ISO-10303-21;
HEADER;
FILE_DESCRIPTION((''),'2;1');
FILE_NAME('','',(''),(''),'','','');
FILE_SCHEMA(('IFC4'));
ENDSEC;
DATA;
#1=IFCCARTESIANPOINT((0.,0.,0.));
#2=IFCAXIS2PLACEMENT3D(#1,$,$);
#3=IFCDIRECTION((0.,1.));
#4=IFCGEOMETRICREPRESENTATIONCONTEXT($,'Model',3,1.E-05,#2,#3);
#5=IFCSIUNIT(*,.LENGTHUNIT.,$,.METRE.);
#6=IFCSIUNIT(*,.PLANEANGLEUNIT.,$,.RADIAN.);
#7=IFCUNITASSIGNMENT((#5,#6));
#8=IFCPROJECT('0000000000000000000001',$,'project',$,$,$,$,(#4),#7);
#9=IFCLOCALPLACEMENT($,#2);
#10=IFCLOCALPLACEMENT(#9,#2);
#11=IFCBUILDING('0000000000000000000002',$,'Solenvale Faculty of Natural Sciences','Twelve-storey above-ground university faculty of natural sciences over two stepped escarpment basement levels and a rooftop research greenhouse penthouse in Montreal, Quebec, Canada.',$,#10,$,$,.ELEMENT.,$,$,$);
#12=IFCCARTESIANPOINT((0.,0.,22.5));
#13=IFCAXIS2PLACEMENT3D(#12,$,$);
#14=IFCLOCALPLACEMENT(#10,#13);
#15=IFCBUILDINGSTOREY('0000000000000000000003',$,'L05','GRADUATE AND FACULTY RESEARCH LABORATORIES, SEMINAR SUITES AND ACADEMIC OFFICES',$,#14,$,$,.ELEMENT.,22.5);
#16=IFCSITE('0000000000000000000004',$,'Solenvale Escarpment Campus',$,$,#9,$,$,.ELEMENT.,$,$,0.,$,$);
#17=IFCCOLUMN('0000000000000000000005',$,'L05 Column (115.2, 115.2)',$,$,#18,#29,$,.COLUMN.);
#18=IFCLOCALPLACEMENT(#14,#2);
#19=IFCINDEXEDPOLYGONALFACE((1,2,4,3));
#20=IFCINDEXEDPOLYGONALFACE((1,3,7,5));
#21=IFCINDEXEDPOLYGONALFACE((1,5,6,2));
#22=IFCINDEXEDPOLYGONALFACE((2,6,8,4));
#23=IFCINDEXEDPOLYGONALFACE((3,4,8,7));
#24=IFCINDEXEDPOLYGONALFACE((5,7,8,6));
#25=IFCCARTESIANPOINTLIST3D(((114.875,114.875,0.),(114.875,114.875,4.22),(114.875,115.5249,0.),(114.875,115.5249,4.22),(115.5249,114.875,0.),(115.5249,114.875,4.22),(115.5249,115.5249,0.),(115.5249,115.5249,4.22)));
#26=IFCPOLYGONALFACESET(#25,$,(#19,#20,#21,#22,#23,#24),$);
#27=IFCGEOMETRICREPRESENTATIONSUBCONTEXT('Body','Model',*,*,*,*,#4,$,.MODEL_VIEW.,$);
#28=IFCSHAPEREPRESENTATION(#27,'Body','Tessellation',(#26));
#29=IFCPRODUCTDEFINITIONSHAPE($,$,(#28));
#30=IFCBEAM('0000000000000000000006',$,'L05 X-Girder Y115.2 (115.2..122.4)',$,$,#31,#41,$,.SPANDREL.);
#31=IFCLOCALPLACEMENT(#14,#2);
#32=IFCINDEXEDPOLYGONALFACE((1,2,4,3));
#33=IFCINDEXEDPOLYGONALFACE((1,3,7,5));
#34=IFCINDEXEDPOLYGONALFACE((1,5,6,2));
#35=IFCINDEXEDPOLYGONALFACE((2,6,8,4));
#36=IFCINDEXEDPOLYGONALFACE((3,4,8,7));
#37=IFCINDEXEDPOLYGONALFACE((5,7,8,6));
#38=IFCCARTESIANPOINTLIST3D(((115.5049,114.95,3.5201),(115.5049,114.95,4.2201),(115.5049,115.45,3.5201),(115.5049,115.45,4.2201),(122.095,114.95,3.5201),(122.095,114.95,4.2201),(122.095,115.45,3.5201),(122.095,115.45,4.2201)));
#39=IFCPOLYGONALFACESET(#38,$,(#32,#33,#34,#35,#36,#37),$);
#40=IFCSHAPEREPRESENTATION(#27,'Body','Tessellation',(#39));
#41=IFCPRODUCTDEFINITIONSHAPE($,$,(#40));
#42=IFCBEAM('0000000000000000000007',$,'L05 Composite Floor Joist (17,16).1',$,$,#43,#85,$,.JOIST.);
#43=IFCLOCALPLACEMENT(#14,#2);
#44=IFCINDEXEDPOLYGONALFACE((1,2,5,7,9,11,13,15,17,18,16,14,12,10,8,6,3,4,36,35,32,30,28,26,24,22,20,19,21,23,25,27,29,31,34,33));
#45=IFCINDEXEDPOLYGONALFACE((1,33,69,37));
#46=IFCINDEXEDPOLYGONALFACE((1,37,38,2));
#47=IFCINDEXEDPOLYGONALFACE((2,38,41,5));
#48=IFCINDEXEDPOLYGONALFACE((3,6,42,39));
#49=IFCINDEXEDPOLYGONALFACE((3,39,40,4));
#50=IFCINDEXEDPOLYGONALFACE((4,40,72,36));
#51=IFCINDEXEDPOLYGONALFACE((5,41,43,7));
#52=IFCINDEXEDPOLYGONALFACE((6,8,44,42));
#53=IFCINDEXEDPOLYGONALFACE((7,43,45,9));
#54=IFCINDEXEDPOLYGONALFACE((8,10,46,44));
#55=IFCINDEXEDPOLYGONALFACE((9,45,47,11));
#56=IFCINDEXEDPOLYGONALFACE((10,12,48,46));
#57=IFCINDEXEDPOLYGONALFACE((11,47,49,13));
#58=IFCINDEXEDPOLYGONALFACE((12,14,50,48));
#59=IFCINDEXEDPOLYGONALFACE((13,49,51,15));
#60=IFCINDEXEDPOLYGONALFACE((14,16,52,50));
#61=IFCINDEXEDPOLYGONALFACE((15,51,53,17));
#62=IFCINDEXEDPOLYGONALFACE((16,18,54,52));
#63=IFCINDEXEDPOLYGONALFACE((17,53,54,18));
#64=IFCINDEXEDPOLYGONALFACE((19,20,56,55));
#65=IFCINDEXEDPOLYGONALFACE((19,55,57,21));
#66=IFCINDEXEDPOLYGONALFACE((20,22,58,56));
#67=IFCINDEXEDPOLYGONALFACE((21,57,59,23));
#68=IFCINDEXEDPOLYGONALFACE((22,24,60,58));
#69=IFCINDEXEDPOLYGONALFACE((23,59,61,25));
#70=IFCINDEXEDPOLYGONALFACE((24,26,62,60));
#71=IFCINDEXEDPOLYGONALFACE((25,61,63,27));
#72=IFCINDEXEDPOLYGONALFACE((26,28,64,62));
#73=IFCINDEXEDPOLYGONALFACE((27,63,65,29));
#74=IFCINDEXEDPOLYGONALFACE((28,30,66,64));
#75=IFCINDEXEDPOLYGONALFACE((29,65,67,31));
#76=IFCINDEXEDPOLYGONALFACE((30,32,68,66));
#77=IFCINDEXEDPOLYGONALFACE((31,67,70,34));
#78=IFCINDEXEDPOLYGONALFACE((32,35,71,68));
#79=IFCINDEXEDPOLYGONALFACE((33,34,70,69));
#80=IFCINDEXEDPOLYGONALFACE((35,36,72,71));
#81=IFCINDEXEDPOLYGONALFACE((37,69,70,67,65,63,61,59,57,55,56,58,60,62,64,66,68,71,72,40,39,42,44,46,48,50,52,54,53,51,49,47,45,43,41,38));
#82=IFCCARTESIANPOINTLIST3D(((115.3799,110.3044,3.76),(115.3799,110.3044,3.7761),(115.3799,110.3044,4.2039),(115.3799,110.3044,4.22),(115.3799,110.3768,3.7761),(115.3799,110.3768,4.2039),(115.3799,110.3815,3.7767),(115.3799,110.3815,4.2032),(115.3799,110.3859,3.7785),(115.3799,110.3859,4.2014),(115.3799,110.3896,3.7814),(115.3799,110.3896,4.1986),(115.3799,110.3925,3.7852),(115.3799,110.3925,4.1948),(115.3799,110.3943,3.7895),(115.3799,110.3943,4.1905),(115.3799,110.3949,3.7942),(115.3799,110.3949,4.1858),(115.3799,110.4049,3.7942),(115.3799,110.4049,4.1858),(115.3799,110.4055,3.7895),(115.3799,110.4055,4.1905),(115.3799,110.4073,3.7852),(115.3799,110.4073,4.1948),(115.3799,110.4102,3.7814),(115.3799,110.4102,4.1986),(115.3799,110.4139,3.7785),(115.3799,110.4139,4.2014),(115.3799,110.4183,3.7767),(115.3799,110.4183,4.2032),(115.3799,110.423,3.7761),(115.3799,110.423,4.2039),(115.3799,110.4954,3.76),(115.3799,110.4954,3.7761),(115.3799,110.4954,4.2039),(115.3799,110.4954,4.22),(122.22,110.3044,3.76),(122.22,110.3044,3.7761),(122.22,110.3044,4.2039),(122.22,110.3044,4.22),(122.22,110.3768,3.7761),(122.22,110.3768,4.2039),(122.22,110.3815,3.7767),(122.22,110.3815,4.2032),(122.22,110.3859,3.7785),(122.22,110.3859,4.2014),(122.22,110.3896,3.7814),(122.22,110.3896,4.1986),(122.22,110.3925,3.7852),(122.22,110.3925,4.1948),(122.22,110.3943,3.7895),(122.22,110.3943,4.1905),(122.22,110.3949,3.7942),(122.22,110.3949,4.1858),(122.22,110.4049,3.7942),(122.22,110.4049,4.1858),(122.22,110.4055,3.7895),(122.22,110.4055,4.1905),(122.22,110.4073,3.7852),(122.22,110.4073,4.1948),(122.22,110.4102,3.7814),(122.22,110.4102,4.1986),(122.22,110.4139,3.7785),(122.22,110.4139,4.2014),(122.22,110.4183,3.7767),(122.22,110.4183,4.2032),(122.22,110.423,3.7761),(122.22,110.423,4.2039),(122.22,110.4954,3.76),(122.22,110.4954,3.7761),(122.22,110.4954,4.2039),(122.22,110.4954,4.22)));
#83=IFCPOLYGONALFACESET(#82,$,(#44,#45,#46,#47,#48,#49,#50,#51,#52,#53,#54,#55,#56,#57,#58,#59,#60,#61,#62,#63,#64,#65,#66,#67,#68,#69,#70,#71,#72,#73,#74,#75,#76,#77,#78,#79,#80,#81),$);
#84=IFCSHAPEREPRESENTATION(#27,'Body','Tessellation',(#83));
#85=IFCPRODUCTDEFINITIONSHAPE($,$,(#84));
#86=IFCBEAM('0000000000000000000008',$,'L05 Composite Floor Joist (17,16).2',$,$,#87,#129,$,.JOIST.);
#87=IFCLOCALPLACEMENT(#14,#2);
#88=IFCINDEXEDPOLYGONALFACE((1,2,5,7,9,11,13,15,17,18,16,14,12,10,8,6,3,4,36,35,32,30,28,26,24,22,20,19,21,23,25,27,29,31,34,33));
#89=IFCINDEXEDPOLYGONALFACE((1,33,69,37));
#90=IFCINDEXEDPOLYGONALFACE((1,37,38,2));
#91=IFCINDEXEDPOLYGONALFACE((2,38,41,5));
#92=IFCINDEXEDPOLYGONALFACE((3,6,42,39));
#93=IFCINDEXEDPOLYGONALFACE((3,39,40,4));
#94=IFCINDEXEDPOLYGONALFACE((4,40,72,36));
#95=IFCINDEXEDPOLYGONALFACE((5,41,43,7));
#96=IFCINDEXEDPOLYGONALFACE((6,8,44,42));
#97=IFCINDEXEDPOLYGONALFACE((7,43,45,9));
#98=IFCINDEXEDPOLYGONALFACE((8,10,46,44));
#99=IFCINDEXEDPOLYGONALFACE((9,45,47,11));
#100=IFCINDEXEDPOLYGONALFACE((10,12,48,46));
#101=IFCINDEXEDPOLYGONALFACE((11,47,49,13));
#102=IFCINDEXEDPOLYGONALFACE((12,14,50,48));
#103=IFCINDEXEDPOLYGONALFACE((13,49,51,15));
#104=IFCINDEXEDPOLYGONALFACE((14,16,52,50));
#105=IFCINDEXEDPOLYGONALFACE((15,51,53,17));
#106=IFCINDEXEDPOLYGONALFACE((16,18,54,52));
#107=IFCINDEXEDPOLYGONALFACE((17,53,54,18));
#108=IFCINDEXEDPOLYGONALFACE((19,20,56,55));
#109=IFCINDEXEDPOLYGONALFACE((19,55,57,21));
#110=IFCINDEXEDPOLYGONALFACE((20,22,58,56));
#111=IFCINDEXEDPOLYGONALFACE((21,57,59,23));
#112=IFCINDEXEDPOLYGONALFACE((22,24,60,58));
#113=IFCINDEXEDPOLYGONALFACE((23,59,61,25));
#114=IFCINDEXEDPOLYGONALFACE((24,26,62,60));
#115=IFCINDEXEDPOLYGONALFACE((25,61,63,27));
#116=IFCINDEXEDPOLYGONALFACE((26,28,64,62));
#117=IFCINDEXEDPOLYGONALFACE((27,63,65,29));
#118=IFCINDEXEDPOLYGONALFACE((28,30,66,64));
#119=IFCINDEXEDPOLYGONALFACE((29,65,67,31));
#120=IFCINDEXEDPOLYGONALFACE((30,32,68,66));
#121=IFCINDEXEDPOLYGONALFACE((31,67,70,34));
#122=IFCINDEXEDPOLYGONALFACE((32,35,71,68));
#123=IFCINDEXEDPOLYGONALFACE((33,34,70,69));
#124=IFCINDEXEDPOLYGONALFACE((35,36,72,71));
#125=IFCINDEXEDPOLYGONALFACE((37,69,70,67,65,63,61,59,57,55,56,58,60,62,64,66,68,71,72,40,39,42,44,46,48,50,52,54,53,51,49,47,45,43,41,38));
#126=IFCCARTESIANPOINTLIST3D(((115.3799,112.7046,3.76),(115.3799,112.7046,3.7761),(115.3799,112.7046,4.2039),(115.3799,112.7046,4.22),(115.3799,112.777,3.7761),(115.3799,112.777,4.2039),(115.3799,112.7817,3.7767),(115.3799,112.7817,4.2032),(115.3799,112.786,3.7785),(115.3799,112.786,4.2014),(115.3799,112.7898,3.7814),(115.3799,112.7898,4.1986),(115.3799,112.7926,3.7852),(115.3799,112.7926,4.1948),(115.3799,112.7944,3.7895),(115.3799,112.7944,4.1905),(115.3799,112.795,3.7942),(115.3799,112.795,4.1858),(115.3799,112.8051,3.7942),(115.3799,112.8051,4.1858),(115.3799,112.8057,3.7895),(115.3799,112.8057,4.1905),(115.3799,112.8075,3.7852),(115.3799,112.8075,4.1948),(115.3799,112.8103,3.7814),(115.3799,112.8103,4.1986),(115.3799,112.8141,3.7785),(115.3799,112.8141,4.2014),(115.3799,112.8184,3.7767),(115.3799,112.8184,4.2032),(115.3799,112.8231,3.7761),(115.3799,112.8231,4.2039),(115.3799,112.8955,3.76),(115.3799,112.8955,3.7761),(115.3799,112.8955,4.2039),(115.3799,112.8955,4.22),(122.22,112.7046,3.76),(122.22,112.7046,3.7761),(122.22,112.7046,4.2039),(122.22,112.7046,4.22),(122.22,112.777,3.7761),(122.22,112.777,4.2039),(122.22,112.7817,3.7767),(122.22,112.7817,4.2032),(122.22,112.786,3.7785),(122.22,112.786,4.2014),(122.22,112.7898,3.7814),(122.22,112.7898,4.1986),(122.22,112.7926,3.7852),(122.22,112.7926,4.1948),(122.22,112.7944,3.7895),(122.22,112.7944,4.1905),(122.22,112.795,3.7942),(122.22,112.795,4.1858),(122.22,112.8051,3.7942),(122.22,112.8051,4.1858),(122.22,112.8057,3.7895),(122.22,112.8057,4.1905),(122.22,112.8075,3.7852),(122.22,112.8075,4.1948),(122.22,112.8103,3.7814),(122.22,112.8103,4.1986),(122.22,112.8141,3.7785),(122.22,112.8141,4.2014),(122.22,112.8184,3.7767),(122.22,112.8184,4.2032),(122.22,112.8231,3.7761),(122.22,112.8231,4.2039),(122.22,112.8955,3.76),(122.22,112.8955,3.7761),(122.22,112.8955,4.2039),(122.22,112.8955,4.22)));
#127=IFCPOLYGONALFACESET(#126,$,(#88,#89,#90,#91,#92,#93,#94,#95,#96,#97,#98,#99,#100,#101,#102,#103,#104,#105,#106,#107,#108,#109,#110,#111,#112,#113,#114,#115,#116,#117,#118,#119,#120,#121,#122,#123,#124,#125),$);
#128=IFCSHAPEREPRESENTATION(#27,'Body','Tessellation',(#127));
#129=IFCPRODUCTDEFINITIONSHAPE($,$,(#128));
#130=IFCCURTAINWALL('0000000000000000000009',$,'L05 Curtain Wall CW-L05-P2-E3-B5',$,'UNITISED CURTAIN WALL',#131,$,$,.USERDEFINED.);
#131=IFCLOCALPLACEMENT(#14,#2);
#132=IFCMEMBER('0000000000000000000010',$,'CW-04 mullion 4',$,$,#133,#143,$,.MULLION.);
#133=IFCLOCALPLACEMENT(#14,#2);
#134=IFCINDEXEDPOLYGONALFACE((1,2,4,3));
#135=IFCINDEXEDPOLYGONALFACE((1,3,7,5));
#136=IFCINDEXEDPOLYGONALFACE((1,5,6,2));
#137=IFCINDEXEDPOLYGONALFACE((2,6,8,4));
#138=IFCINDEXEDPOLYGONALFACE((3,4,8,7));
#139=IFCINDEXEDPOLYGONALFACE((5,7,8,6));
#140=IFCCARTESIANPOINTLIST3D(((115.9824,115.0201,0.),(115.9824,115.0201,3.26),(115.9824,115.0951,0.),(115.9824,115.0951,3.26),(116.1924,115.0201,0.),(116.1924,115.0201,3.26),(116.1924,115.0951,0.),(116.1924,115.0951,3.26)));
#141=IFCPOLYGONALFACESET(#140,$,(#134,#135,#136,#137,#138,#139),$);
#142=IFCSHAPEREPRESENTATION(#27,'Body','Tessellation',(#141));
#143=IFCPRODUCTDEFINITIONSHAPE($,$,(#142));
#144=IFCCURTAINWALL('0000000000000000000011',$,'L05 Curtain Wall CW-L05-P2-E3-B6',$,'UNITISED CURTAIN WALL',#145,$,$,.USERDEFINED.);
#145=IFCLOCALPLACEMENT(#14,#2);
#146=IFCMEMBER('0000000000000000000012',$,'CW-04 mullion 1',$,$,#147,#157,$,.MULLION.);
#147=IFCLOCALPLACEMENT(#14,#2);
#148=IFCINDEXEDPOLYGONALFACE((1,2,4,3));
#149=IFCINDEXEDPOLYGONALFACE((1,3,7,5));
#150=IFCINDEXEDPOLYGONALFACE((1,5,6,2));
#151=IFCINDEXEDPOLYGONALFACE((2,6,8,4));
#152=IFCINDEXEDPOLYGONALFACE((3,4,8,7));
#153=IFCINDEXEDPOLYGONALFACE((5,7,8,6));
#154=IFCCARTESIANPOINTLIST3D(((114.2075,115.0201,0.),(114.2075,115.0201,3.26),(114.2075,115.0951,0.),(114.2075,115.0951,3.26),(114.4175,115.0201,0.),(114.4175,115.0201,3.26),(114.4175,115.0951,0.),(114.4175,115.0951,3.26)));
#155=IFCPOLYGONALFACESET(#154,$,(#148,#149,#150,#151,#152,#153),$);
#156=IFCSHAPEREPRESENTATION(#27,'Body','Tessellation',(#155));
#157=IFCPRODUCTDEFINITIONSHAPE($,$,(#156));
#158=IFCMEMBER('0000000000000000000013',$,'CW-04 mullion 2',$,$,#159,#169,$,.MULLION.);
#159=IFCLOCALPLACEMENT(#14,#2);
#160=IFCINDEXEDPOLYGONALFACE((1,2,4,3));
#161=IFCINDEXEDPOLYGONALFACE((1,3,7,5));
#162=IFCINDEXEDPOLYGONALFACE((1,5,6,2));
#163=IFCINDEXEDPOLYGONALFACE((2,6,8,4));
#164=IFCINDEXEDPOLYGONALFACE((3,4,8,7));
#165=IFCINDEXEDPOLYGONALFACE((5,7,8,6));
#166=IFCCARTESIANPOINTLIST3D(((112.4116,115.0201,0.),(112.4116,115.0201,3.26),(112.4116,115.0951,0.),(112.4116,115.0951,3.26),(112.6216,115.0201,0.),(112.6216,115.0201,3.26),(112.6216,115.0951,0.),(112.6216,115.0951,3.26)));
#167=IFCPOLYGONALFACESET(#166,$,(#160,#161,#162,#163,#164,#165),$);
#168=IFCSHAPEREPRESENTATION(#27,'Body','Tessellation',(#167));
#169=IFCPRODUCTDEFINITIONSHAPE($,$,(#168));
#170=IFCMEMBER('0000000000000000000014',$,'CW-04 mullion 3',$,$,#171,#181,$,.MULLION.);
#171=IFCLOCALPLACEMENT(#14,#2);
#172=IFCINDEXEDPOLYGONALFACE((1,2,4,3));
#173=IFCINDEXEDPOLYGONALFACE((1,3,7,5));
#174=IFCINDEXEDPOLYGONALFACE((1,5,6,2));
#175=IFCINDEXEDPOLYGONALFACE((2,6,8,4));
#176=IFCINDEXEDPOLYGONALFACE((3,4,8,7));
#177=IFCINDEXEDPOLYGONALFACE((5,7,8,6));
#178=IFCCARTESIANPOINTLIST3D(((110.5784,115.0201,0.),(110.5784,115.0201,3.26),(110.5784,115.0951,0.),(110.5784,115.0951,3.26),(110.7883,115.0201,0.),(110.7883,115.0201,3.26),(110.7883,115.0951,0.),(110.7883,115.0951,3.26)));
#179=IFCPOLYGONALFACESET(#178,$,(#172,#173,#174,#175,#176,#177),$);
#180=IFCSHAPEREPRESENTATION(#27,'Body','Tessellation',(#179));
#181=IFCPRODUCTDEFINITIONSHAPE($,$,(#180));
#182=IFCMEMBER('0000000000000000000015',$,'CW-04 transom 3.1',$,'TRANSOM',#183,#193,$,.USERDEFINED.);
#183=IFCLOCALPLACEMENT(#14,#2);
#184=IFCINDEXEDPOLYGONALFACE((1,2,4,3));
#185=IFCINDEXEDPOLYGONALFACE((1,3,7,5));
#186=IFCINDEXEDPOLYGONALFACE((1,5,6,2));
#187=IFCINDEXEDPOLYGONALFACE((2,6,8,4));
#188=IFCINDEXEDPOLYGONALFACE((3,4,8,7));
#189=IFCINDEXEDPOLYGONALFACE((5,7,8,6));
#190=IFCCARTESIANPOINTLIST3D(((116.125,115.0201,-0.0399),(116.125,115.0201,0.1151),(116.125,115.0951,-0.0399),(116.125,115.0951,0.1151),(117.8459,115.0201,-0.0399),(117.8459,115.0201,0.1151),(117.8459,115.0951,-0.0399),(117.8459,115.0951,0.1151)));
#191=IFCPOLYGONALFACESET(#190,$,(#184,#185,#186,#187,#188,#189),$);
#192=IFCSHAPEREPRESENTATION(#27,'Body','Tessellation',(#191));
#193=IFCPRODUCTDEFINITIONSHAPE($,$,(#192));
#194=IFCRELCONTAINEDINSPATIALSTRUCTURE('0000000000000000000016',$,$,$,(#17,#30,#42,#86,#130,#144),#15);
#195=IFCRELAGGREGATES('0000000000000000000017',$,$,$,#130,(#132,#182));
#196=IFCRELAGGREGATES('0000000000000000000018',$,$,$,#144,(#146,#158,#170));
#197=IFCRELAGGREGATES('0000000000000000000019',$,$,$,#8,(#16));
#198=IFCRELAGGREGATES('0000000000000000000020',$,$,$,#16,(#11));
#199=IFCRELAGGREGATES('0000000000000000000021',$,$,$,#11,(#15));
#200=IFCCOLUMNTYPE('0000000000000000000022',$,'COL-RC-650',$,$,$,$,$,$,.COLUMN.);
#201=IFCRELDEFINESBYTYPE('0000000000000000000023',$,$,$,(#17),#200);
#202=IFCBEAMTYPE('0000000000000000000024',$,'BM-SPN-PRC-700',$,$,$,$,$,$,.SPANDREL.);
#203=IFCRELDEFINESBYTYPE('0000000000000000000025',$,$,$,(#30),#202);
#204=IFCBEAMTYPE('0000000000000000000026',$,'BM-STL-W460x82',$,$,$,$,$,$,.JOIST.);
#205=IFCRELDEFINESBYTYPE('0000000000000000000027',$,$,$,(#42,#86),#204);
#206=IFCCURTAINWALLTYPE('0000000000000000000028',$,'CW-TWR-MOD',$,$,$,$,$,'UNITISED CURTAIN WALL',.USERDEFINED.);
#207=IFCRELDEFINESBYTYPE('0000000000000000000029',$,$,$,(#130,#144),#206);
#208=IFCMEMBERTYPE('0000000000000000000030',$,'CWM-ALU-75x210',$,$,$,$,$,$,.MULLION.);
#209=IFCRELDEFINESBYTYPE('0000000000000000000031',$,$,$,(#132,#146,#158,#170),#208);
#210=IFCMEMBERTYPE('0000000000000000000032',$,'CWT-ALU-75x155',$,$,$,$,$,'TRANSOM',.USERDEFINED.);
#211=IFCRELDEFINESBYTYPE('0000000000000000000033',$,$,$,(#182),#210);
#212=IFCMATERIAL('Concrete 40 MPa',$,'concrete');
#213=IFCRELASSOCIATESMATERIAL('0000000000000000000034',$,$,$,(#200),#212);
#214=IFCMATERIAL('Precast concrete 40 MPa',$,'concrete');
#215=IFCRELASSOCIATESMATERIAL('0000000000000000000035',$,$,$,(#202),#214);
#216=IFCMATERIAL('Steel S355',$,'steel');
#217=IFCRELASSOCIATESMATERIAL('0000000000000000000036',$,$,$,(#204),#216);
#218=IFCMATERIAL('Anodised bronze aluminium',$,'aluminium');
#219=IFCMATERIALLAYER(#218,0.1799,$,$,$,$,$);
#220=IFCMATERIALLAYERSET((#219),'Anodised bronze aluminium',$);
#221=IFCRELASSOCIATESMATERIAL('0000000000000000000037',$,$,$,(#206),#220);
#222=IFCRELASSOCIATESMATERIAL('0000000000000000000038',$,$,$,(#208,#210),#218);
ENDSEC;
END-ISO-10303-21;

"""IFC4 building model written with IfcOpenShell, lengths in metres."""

from ifc_helpers import new_model, si_unit, direction, frame, origin, origin_2d, place, context, subcontext, project, spatial, rectangle, i_section, extrude, material, layer, layer_set, material_profile, profile_set, type_object, element, aggregate, save


model = new_model("IFC4")

# Units and contexts
model_context = context("Model", 3, precision=1e-05, world=origin(), true_north=direction((0.0, 1.0)))
body_context = subcontext(model_context, "Body", "Model", "MODEL_VIEW")
ifc_project = project(units=[si_unit("LENGTHUNIT", "METRE"), si_unit("PLANEANGLEUNIT", "RADIAN")], contexts=[model_context])

# Site, building, storey
site_placement = place(None, origin())
site = spatial("IfcSite", under=ifc_project, at=site_placement, Name="Solenvale Escarpment Campus", CompositionType="ELEMENT", RefElevation=0.0)
building_placement = place(site_placement, origin())
building = spatial("IfcBuilding", under=site, at=building_placement, Name="Solenvale Faculty of Natural Sciences", Description="Twelve-storey above-ground university faculty of natural sciences over two stepped escarpment basement levels and a rooftop research greenhouse penthouse in Montreal, Quebec, Canada.", CompositionType="ELEMENT")
storey_placement = place(building_placement, frame((0.0, 0.0, 22.5)))
storey = spatial("IfcBuildingStorey", under=building, at=storey_placement, Name="L05", Description="GRADUATE AND FACULTY RESEARCH LABORATORIES, SEMINAR SUITES AND ACADEMIC OFFICES", CompositionType="ELEMENT", Elevation=22.5)

# Column
ifc_material_1 = material(Name="Concrete 40 MPa", Category="concrete")
ifc_material_profile_1 = material_profile(ifc_material_1, rectangle(XDim=0.6499, YDim=0.6499, at=origin_2d()), Name="RC-COL-650x650")
ifc_profile_set_1 = profile_set([ifc_material_profile_1], Name="Concrete 40 MPa")
column_type = type_object("IfcColumnType", Name="COL-RC-650", PredefinedType="COLUMN", material=ifc_profile_set_1)
column_placement = place(storey_placement, frame((115.2, 115.2, 0.0), z_axis=(0.0, 0.0, 1.0), x_axis=(1.0, 0.0, 0.0)))
element("IfcColumn", 1, at=column_placement, inside=storey, type_object=column_type, Name="L05 Column (115.2, 115.2)", PredefinedType="COLUMN", context=body_context, shape_type="SweptSolid", body=[
    extrude(rectangle(XDim=0.6499, YDim=0.6499, at=origin_2d()), origin(), (0.0, 0.0, 1.0), 4.22),
])

# Beams
ifc_material_2 = material(Name="Precast concrete 40 MPa", Category="concrete")
ifc_material_profile_2 = material_profile(ifc_material_2, rectangle(XDim=0.5, YDim=0.7, at=origin_2d()), Name="RC-BM-500x700")
ifc_profile_set_2 = profile_set([ifc_material_profile_2], Name="Precast concrete 40 MPa")
beam_type_1 = type_object("IfcBeamType", Name="BM-SPN-PRC-700", PredefinedType="SPANDREL", material=ifc_profile_set_2)
beam_placement = place(storey_placement, frame((115.5049, 115.2, 3.8701), z_axis=(1.0, 0.0, 0.0), x_axis=(0.0, 1.0, 0.0)))
element("IfcBeam", 2, at=beam_placement, inside=storey, type_object=beam_type_1, Name="L05 X-Girder Y115.2 (115.2..122.4)", PredefinedType="SPANDREL", context=body_context, shape_type="SweptSolid", body=[
    extrude(rectangle(XDim=0.5, YDim=0.7, at=origin_2d()), origin(), (0.0, 0.0, 1.0), 6.5901),
])
ifc_material_3 = material(Name="Steel S355", Category="steel")
ifc_material_profile_3 = material_profile(ifc_material_3, i_section(OverallWidth=0.1909, OverallDepth=0.46, WebThickness=0.01, FlangeThickness=0.0161, FilletRadius=0.0181, at=origin_2d()), Name="W460x82")
ifc_profile_set_3 = profile_set([ifc_material_profile_3], Name="Steel S355")
beam_type_2 = type_object("IfcBeamType", Name="BM-STL-W460x82", PredefinedType="JOIST", material=ifc_profile_set_3)
for number, where, z_axis, x_axis, name in (
    (3, (115.3799, 110.3999, 3.99), (1.0, 0.0, 0.0), (0.0, 1.0, 0.0), "L05 Composite Floor Joist (17,16).1"),
    (4, (115.3799, 112.8, 3.99), (1.0, 0.0, 0.0), (0.0, 1.0, 0.0), "L05 Composite Floor Joist (17,16).2"),
):
    element("IfcBeam", number, at=place(storey_placement, frame(where, z_axis=z_axis, x_axis=x_axis)), inside=storey, type_object=beam_type_2, Name=name, PredefinedType="JOIST", context=body_context, shape_type="SweptSolid", body=[
        extrude(i_section(OverallWidth=0.1909, OverallDepth=0.46, WebThickness=0.01, FlangeThickness=0.0161, FilletRadius=0.0181, at=origin_2d()), origin(), (0.0, 0.0, 1.0), 6.8401),
    ])

# Curtain wall, member
ifc_material_4 = material(Name="Anodised bronze aluminium", Category="aluminium")
ifc_layer_1 = layer(ifc_material_4, 0.1799)
ifc_layer_set_1 = layer_set([ifc_layer_1], Name="Anodised bronze aluminium")
curtain_wall_type = type_object("IfcCurtainWallType", Name="CW-TWR-MOD", ElementType="UNITISED CURTAIN WALL", PredefinedType="USERDEFINED", material=ifc_layer_set_1)
curtain_wall_1_placement = place(storey_placement, origin())
curtain_wall_1 = element("IfcCurtainWall", 5, at=curtain_wall_1_placement, inside=storey, type_object=curtain_wall_type, Name="L05 Curtain Wall CW-L05-P2-E3-B5", ObjectType="UNITISED CURTAIN WALL", PredefinedType="USERDEFINED")
ifc_material_profile_4 = material_profile(ifc_material_4, rectangle(XDim=0.075, YDim=0.21, at=origin_2d()), Name="ALU-MUL-75x210")
ifc_profile_set_4 = profile_set([ifc_material_profile_4], Name="Anodised bronze aluminium")
member_type_1 = type_object("IfcMemberType", Name="CWM-ALU-75x210", PredefinedType="MULLION", material=ifc_profile_set_4)
member_1_placement = place(storey_placement, frame((116.0874, 115.0576, 0.0), z_axis=(0.0, 0.0, 1.0), x_axis=(0.0, -1.0, 0.0)))
member_1 = element("IfcMember", 6, at=member_1_placement, type_object=member_type_1, Name="CW-04 mullion 4", PredefinedType="MULLION", context=body_context, shape_type="SweptSolid", body=[
    extrude(rectangle(XDim=0.075, YDim=0.21, at=origin_2d()), origin(), (0.0, 0.0, 1.0), 3.26),
])

# Curtain wall, members
curtain_wall_2_placement = place(storey_placement, origin())
curtain_wall_2 = element("IfcCurtainWall", 7, at=curtain_wall_2_placement, inside=storey, type_object=curtain_wall_type, Name="L05 Curtain Wall CW-L05-P2-E3-B6", ObjectType="UNITISED CURTAIN WALL", PredefinedType="USERDEFINED")
member_2_placement = place(storey_placement, frame((114.3125, 115.0576, 0.0), z_axis=(0.0, 0.0, 1.0), x_axis=(0.0, -1.0, 0.0)))
member_2 = element("IfcMember", 8, at=member_2_placement, type_object=member_type_1, Name="CW-04 mullion 1", PredefinedType="MULLION", context=body_context, shape_type="SweptSolid", body=[
    extrude(rectangle(XDim=0.075, YDim=0.21, at=origin_2d()), origin(), (0.0, 0.0, 1.0), 3.26),
])
member_3_placement = place(storey_placement, frame((112.5166, 115.0576, 0.0), z_axis=(0.0, 0.0, 1.0), x_axis=(0.0, -1.0, 0.0)))
member_3 = element("IfcMember", 9, at=member_3_placement, type_object=member_type_1, Name="CW-04 mullion 2", PredefinedType="MULLION", context=body_context, shape_type="SweptSolid", body=[
    extrude(rectangle(XDim=0.075, YDim=0.21, at=origin_2d()), origin(), (0.0, 0.0, 1.0), 3.26),
])
member_4_placement = place(storey_placement, frame((110.6833, 115.0576, 0.0), z_axis=(0.0, 0.0, 1.0), x_axis=(0.0, -1.0, 0.0)))
member_4 = element("IfcMember", 10, at=member_4_placement, type_object=member_type_1, Name="CW-04 mullion 3", PredefinedType="MULLION", context=body_context, shape_type="SweptSolid", body=[
    extrude(rectangle(XDim=0.075, YDim=0.21, at=origin_2d()), origin(), (0.0, 0.0, 1.0), 3.26),
])

# Member
ifc_material_profile_5 = material_profile(ifc_material_4, rectangle(XDim=0.075, YDim=0.155, at=origin_2d()), Name="ALU-TRN-75x155")
ifc_profile_set_5 = profile_set([ifc_material_profile_5], Name="Anodised bronze aluminium")
member_type_2 = type_object("IfcMemberType", Name="CWT-ALU-75x155", ElementType="TRANSOM", PredefinedType="USERDEFINED", material=ifc_profile_set_5)
member_5_placement = place(storey_placement, frame((117.8459, 115.0576, 0.0376), z_axis=(-1.0, 0.0, 0.0), x_axis=(0.0, -1.0, 0.0)))
member_5 = element("IfcMember", 11, at=member_5_placement, type_object=member_type_2, Name="CW-04 transom 3.1", ObjectType="TRANSOM", PredefinedType="USERDEFINED", context=body_context, shape_type="SweptSolid", body=[
    extrude(rectangle(XDim=0.075, YDim=0.155, at=origin_2d()), origin(), (0.0, 0.0, 1.0), 1.7209),
])

aggregate(curtain_wall_1, [member_1, member_5])
aggregate(curtain_wall_2, [member_2, member_3, member_4])

save(model, "model.ifc")
